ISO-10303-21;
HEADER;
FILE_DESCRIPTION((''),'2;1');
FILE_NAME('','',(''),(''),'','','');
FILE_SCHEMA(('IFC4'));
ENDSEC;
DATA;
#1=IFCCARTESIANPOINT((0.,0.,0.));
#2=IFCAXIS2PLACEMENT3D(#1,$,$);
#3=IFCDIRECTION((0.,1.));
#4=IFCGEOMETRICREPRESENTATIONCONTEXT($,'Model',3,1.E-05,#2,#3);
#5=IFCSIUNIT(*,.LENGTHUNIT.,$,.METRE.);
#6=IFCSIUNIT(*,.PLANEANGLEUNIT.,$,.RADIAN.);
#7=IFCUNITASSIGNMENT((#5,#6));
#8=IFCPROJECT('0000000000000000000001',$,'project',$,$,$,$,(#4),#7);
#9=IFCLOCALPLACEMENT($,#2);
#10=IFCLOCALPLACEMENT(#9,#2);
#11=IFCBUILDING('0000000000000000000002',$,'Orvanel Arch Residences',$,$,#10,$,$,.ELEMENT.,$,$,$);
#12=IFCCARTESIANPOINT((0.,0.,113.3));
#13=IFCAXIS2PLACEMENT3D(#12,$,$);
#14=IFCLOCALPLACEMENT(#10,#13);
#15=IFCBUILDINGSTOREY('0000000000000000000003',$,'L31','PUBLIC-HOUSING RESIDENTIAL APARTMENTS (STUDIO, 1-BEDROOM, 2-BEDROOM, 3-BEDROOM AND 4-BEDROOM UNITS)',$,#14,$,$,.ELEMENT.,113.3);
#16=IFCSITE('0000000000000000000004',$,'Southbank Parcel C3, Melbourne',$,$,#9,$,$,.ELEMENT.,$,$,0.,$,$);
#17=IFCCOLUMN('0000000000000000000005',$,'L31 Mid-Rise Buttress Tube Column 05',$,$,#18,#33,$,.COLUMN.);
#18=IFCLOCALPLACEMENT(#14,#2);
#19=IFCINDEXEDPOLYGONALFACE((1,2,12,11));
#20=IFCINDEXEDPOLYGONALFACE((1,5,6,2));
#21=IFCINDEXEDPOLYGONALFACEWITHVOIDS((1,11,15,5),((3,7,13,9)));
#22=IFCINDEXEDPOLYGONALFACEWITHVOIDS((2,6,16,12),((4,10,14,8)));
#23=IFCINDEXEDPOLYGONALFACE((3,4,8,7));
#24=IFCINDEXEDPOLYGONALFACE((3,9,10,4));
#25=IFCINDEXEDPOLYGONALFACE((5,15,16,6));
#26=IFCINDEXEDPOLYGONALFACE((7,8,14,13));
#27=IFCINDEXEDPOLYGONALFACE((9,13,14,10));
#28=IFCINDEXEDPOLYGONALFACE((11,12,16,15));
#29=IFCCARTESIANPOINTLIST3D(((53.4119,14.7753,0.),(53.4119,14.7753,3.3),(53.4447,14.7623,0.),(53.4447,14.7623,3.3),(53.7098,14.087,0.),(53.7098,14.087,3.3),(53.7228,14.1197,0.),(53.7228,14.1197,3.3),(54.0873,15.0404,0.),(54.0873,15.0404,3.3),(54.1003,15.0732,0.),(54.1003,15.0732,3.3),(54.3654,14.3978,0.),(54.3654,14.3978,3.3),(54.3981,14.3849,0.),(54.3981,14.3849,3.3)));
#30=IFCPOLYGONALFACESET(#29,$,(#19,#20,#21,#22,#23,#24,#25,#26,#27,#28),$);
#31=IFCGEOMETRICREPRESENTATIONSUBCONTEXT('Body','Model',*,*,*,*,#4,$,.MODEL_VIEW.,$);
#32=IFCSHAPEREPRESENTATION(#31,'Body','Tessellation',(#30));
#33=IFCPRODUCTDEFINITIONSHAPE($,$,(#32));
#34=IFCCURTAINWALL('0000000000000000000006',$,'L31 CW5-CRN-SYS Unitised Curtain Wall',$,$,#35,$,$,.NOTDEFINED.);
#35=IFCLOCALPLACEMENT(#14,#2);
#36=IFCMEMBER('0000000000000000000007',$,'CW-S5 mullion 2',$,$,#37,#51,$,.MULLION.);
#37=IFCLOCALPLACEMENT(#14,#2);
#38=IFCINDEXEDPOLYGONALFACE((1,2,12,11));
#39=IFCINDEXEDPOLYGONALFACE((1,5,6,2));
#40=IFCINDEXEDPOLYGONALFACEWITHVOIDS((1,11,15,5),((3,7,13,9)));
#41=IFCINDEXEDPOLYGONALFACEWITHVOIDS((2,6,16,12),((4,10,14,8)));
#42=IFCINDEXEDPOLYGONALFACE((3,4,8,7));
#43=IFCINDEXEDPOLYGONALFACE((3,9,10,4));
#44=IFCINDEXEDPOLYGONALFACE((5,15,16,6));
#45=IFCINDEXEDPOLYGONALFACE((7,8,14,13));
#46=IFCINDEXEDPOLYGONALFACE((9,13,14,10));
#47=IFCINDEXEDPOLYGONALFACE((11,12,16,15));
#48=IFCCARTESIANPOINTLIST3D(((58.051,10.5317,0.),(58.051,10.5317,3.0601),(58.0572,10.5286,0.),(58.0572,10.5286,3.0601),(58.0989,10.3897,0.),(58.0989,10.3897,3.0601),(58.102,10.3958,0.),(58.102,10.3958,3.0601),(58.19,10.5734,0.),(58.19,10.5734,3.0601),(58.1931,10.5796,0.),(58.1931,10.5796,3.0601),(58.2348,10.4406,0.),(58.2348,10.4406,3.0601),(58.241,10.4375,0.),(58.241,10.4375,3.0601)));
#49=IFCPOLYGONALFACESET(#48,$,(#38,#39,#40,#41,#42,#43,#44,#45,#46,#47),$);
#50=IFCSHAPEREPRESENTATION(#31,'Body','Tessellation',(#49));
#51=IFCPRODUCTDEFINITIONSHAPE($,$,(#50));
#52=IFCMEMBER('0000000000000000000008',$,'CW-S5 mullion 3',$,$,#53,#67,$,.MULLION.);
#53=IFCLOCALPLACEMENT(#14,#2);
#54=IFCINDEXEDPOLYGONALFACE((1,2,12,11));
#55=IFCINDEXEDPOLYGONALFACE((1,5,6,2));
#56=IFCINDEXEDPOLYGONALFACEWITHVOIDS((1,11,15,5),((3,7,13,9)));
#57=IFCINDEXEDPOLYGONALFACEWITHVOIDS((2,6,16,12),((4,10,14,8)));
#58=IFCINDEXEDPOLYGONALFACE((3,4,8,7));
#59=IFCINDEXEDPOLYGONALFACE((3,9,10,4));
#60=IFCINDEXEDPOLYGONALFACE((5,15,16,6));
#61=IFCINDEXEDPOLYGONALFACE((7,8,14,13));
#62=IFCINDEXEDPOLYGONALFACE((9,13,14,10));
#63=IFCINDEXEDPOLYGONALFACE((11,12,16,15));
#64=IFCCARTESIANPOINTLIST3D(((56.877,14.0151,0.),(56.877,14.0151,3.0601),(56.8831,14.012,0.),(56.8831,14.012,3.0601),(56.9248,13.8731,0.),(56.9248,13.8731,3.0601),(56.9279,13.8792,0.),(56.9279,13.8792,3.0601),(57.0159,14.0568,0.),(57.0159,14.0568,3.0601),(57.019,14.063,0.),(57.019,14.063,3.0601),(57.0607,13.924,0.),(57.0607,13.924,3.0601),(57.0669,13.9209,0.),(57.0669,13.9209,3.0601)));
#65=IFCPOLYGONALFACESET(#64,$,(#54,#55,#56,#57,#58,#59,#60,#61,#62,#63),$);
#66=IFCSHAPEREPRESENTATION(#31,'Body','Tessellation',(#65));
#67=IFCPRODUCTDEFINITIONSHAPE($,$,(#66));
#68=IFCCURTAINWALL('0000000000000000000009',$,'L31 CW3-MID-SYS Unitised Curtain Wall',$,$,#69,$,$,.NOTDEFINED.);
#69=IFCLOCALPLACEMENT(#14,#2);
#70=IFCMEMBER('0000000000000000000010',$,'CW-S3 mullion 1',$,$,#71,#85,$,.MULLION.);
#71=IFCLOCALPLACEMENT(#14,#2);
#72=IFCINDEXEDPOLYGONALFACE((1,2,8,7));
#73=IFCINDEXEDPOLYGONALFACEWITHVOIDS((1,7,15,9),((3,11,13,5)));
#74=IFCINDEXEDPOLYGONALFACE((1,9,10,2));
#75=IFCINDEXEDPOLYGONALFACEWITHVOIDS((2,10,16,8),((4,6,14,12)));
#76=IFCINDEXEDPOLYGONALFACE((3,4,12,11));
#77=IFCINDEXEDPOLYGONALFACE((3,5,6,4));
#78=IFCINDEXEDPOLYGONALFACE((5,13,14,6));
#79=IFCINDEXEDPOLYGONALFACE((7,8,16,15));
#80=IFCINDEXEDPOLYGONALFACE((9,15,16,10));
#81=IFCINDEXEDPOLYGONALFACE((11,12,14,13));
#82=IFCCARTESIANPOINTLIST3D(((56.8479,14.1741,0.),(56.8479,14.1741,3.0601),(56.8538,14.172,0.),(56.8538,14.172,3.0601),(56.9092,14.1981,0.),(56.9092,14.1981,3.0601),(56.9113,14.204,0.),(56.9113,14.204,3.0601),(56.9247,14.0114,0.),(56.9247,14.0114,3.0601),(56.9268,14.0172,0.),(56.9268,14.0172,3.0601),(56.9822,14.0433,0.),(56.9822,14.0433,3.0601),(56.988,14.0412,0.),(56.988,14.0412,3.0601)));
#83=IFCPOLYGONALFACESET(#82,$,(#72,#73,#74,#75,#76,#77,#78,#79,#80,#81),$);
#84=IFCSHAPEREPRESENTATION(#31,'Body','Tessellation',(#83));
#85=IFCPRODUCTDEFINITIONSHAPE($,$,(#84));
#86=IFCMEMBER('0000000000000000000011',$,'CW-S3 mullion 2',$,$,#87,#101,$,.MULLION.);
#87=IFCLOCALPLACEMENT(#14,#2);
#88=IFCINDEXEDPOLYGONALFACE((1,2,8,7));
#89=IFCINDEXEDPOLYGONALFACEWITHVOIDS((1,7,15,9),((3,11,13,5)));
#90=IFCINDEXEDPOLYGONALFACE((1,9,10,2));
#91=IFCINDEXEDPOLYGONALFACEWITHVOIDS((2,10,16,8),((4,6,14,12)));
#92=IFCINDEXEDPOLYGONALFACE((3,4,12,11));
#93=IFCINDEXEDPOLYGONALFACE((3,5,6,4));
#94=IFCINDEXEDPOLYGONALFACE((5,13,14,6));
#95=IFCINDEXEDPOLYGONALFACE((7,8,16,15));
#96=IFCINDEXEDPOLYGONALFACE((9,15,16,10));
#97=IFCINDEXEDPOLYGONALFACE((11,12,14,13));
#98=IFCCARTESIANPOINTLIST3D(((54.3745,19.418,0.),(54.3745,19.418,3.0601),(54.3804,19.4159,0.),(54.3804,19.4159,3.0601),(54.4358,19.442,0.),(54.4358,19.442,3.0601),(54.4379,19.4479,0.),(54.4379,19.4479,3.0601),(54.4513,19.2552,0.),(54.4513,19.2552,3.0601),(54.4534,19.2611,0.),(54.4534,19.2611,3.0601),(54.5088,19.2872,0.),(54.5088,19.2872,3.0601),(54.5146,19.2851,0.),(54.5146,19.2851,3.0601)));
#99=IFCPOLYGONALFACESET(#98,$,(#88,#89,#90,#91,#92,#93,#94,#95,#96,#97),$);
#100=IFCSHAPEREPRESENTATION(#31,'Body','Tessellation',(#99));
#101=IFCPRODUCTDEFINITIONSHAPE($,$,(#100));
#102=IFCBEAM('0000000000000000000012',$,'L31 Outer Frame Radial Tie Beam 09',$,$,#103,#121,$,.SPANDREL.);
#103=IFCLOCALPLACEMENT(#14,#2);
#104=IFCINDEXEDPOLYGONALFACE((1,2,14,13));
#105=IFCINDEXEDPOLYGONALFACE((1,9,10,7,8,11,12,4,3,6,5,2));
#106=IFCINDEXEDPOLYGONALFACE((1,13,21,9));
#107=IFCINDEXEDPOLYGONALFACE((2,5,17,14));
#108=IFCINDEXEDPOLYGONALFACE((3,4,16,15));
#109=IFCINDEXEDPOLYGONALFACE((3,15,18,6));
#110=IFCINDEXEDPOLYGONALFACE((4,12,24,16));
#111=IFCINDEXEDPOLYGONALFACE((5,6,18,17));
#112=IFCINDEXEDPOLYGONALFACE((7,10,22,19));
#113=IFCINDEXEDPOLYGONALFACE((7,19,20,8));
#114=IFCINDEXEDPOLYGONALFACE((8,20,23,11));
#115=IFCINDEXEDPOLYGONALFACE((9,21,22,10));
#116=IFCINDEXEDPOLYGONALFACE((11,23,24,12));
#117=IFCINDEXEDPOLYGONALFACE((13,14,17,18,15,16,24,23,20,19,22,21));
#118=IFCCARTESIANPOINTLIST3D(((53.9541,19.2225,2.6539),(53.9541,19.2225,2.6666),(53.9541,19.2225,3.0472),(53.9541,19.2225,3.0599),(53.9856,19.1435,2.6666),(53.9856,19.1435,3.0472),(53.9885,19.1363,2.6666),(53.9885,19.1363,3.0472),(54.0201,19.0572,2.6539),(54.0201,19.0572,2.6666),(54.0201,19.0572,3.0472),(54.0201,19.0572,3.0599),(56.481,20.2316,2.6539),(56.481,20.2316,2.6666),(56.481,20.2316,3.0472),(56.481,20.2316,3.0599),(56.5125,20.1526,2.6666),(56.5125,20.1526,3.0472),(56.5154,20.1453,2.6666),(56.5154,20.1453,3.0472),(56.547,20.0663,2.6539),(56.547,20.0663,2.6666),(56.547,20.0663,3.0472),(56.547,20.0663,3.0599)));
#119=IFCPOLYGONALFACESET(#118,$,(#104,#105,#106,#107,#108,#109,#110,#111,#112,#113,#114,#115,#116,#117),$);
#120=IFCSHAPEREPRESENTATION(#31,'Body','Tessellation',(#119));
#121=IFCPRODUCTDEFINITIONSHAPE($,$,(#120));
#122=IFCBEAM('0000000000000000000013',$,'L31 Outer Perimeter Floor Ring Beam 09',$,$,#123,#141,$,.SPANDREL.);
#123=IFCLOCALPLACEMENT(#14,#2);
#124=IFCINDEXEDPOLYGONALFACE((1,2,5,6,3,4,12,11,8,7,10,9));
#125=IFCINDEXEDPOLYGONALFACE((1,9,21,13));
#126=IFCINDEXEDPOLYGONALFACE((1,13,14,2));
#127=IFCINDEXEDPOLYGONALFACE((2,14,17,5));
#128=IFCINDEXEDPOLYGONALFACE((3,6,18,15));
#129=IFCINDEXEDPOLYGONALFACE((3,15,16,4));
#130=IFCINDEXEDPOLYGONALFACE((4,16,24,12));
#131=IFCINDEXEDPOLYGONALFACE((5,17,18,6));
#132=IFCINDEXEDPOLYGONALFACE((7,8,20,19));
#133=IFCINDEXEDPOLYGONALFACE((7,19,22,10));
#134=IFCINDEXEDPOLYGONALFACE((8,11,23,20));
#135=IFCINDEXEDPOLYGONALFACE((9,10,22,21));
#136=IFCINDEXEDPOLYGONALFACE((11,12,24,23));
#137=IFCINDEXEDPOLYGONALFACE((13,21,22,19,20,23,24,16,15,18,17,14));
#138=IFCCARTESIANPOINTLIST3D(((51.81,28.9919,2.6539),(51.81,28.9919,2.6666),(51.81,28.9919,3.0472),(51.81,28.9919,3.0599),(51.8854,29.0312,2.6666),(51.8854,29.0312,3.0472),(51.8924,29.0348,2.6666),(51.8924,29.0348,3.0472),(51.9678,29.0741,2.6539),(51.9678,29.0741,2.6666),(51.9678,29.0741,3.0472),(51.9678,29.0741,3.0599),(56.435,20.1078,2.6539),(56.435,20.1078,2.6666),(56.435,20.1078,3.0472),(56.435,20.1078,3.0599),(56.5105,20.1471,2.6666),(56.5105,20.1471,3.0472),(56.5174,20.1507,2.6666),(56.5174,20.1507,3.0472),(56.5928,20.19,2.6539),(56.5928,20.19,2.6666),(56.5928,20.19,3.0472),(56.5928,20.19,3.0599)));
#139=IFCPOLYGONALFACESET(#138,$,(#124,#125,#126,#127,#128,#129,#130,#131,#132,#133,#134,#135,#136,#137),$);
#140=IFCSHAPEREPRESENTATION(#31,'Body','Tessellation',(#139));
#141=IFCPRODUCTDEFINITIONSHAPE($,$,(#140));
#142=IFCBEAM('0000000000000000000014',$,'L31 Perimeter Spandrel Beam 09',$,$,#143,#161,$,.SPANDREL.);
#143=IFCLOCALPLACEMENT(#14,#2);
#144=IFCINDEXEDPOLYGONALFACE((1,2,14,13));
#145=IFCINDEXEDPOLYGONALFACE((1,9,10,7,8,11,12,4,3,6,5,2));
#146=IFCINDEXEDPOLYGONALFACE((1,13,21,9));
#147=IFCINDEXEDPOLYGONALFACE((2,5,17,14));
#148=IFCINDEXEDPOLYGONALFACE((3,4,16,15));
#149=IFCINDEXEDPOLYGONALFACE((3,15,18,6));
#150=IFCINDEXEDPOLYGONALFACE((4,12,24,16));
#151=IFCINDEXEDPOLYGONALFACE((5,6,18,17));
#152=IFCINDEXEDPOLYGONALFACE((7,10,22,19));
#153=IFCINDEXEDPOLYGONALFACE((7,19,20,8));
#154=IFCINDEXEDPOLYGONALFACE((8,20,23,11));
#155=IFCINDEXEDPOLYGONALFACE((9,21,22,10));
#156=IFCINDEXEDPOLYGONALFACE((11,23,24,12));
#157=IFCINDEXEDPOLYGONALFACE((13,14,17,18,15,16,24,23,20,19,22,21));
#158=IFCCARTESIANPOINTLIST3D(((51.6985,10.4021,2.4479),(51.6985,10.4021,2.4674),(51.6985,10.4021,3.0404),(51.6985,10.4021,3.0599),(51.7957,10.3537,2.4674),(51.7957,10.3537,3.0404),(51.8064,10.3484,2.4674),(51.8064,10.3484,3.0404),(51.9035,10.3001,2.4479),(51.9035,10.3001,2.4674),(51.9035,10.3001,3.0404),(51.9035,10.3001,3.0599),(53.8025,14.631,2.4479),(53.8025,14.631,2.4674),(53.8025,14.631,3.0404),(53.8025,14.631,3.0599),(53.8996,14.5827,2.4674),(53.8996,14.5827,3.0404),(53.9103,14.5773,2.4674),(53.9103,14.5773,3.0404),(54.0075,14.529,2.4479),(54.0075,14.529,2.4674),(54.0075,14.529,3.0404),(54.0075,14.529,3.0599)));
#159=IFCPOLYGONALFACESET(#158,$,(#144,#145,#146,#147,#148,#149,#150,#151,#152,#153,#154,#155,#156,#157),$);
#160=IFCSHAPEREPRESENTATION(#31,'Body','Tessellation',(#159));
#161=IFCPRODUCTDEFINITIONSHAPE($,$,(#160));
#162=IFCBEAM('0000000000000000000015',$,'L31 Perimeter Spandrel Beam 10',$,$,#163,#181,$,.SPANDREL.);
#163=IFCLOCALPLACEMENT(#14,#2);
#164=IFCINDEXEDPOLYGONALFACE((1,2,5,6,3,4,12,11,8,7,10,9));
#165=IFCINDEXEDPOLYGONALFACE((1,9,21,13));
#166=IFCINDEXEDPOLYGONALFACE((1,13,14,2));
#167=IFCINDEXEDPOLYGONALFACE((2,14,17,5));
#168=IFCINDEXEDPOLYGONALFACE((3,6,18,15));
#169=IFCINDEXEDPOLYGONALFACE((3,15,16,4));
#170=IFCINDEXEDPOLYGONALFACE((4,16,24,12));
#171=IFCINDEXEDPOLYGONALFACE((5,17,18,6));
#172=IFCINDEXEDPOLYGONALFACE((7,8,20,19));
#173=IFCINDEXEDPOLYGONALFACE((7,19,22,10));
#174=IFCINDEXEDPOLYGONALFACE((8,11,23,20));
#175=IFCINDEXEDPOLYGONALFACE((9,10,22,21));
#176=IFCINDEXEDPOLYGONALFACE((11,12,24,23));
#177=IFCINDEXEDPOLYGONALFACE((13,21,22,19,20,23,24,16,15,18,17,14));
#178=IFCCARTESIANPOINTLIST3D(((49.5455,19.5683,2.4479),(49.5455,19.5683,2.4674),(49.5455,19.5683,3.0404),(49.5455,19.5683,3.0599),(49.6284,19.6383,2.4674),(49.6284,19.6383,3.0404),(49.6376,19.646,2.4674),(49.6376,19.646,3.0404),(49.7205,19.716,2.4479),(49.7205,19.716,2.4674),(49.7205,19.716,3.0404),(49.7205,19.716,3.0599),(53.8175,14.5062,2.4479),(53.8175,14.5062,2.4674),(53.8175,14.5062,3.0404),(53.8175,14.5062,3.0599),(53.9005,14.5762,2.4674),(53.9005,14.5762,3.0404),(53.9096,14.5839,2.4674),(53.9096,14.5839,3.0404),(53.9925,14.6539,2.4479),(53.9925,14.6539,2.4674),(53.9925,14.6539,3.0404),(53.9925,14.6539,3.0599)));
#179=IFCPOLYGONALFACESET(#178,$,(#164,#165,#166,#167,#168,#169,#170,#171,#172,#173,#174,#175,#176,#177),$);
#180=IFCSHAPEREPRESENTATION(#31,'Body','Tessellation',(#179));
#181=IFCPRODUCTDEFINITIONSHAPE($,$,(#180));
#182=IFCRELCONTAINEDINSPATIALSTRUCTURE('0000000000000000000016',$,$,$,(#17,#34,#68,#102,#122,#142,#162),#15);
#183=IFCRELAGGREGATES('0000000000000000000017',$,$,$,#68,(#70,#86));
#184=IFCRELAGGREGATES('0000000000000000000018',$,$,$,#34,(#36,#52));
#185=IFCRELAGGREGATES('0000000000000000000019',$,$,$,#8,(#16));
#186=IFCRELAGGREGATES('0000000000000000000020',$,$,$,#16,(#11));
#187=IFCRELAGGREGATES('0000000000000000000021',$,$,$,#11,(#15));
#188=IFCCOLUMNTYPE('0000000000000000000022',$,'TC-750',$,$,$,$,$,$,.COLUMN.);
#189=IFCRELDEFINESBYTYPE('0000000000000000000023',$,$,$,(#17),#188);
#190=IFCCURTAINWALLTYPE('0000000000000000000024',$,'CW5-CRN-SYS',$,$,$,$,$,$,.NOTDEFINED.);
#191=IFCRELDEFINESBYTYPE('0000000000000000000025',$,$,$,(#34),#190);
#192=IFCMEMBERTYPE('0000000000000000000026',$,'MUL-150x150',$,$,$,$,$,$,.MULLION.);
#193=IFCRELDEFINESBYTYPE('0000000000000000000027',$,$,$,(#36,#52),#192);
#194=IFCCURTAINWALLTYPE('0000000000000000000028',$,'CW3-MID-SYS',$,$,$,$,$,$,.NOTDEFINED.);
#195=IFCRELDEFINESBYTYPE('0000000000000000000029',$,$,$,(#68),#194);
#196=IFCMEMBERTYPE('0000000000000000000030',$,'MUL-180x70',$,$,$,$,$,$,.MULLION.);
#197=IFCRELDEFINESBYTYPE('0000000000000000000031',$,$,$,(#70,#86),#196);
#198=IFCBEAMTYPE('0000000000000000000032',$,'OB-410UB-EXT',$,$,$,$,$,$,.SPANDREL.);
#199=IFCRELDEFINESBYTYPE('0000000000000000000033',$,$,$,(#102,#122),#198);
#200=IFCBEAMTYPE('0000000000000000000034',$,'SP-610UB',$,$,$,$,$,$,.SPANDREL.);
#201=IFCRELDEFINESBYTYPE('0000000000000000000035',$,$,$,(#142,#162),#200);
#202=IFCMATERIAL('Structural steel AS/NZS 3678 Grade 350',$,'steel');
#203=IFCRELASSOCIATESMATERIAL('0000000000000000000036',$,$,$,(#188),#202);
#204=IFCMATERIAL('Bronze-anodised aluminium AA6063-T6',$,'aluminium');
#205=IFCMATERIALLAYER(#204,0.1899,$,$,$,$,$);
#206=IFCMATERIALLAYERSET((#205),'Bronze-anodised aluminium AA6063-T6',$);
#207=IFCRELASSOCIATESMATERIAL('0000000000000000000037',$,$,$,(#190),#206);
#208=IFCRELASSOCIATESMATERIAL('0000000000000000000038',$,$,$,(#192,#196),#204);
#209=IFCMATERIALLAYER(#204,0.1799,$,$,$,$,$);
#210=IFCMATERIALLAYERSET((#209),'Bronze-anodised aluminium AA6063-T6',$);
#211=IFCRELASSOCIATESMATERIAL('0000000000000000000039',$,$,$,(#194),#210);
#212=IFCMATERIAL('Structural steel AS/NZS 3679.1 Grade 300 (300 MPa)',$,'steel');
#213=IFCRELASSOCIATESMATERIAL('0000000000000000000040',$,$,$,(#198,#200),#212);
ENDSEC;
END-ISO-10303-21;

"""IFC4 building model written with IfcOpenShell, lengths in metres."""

from ifc_helpers import new_model, si_unit, direction, frame, origin, origin_2d, place, context, subcontext, project, spatial, hollow_rectangle, i_section, extrude, material, layer, layer_set, material_profile, profile_set, type_object, element, aggregate, save


model = new_model("IFC4")

# Units and contexts
model_context = context("Model", 3, precision=1e-05, world=origin(), true_north=direction((0.0, 1.0)))
body_context = subcontext(model_context, "Body", "Model", "MODEL_VIEW")
ifc_project = project(units=[si_unit("LENGTHUNIT", "METRE"), si_unit("PLANEANGLEUNIT", "RADIAN")], contexts=[model_context])

# Site, building, storey
site_placement = place(None, origin())
site = spatial("IfcSite", under=ifc_project, at=site_placement, Name="Southbank Parcel C3, Melbourne", CompositionType="ELEMENT", RefElevation=0.0)
building_placement = place(site_placement, origin())
building = spatial("IfcBuilding", under=site, at=building_placement, Name="Orvanel Arch Residences", CompositionType="ELEMENT")
storey_placement = place(building_placement, frame((0.0, 0.0, 113.3)))
storey = spatial("IfcBuildingStorey", under=building, at=storey_placement, Name="L31", Description="PUBLIC-HOUSING RESIDENTIAL APARTMENTS (STUDIO, 1-BEDROOM, 2-BEDROOM, 3-BEDROOM AND 4-BEDROOM UNITS)", CompositionType="ELEMENT", Elevation=113.3)

# Column
ifc_material_1 = material(Name="Structural steel AS/NZS 3678 Grade 350", Category="steel")
ifc_material_profile_1 = material_profile(ifc_material_1, hollow_rectangle(XDim=0.75, YDim=0.75, WallThickness=0.0249, at=origin_2d()), Name="BOX750x750x25")
ifc_profile_set_1 = profile_set([ifc_material_profile_1], Name="Structural steel AS/NZS 3678 Grade 350")
column_type = type_object("IfcColumnType", Name="TC-750", PredefinedType="COLUMN", material=ifc_profile_set_1)
column_placement = place(storey_placement, frame((53.905, 14.5801, 0.0), z_axis=(0.0, 0.0, 1.0), x_axis=(-0.397148, 0.917755, 0.0)))
element("IfcColumn", 1, at=column_placement, inside=storey, type_object=column_type, Name="L31 Mid-Rise Buttress Tube Column 05", PredefinedType="COLUMN", context=body_context, shape_type="SweptSolid", body=[
    extrude(hollow_rectangle(XDim=0.75, YDim=0.75, WallThickness=0.0249, at=origin_2d()), origin(), (0.0, 0.0, 1.0), 3.3),
])

# Curtain walls, members
ifc_material_2 = material(Name="Bronze-anodised aluminium AA6063-T6", Category="aluminium")
ifc_layer_1 = layer(ifc_material_2, 0.1899)
ifc_layer_set_1 = layer_set([ifc_layer_1], Name="Bronze-anodised aluminium AA6063-T6")
curtain_wall_type_1 = type_object("IfcCurtainWallType", Name="CW5-CRN-SYS", PredefinedType="NOTDEFINED", material=ifc_layer_set_1)
curtain_wall_1_placement = place(storey_placement, origin())
curtain_wall_1 = element("IfcCurtainWall", 2, at=curtain_wall_1_placement, inside=storey, type_object=curtain_wall_type_1, Name="L31 CW5-CRN-SYS Unitised Curtain Wall", PredefinedType="NOTDEFINED")
ifc_material_profile_2 = material_profile(ifc_material_2, hollow_rectangle(XDim=0.1499, YDim=0.1499, WallThickness=0.0049, at=origin_2d()), Name="ALU150x150x5")
ifc_profile_set_2 = profile_set([ifc_material_profile_2], Name="Bronze-anodised aluminium AA6063-T6")
member_type_1 = type_object("IfcMemberType", Name="MUL-150x150", PredefinedType="MULLION", material=ifc_profile_set_2)
member_1_placement = place(storey_placement, frame((58.146, 10.4846, 0.0), z_axis=(0.0, 0.0, 1.0), x_axis=(-0.947625, -0.319385, 0.0)))
member_1 = element("IfcMember", 3, at=member_1_placement, type_object=member_type_1, Name="CW-S5 mullion 2", PredefinedType="MULLION", context=body_context, shape_type="SweptSolid", body=[
    extrude(hollow_rectangle(XDim=0.1499, YDim=0.1499, WallThickness=0.0049, at=origin_2d()), origin(), (0.0, 0.0, 1.0), 3.0601),
])
member_2_placement = place(storey_placement, frame((56.9719, 13.968, 0.0), z_axis=(0.0, 0.0, 1.0), x_axis=(-0.947625, -0.319385, 0.0)))
member_2 = element("IfcMember", 4, at=member_2_placement, type_object=member_type_1, Name="CW-S5 mullion 3", PredefinedType="MULLION", context=body_context, shape_type="SweptSolid", body=[
    extrude(hollow_rectangle(XDim=0.1499, YDim=0.1499, WallThickness=0.0049, at=origin_2d()), origin(), (0.0, 0.0, 1.0), 3.0601),
])
ifc_layer_2 = layer(ifc_material_2, 0.1799)
ifc_layer_set_2 = layer_set([ifc_layer_2], Name="Bronze-anodised aluminium AA6063-T6")
curtain_wall_type_2 = type_object("IfcCurtainWallType", Name="CW3-MID-SYS", PredefinedType="NOTDEFINED", material=ifc_layer_set_2)
curtain_wall_2_placement = place(storey_placement, origin())
curtain_wall_2 = element("IfcCurtainWall", 5, at=curtain_wall_2_placement, inside=storey, type_object=curtain_wall_type_2, Name="L31 CW3-MID-SYS Unitised Curtain Wall", PredefinedType="NOTDEFINED")
ifc_material_profile_3 = material_profile(ifc_material_2, hollow_rectangle(XDim=0.0701, YDim=0.1799, WallThickness=0.0044, at=origin_2d()), Name="ALU180x70x4.5")
ifc_profile_set_3 = profile_set([ifc_material_profile_3], Name="Bronze-anodised aluminium AA6063-T6")
member_type_2 = type_object("IfcMemberType", Name="MUL-180x70", PredefinedType="MULLION", material=ifc_profile_set_3)
member_3_placement = place(storey_placement, frame((56.918, 14.1077, 0.0), z_axis=(0.0, 0.0, 1.0), x_axis=(-0.904428, -0.426627, 0.0)))
member_3 = element("IfcMember", 6, at=member_3_placement, type_object=member_type_2, Name="CW-S3 mullion 1", PredefinedType="MULLION", context=body_context, shape_type="SweptSolid", body=[
    extrude(hollow_rectangle(XDim=0.0701, YDim=0.1799, WallThickness=0.0044, at=origin_2d()), origin(), (0.0, 0.0, 1.0), 3.0601),
])
member_4_placement = place(storey_placement, frame((54.4446, 19.3516, 0.0), z_axis=(0.0, 0.0, 1.0), x_axis=(-0.904428, -0.426627, 0.0)))
member_4 = element("IfcMember", 7, at=member_4_placement, type_object=member_type_2, Name="CW-S3 mullion 2", PredefinedType="MULLION", context=body_context, shape_type="SweptSolid", body=[
    extrude(hollow_rectangle(XDim=0.0701, YDim=0.1799, WallThickness=0.0044, at=origin_2d()), origin(), (0.0, 0.0, 1.0), 3.0601),
])

# Beams
ifc_material_3 = material(Name="Structural steel AS/NZS 3679.1 Grade 300 (300 MPa)", Category="steel")
ifc_material_profile_4 = material_profile(ifc_material_3, i_section(OverallWidth=0.178, OverallDepth=0.406, WebThickness=0.0078, FlangeThickness=0.0127, at=origin_2d()), Name="410UB59.7")
ifc_profile_set_4 = profile_set([ifc_material_profile_4], Name="Structural steel AS/NZS 3679.1 Grade 300 (300 MPa)")
beam_type_1 = type_object("IfcBeamType", Name="OB-410UB-EXT", PredefinedType="SPANDREL", material=ifc_profile_set_4)
beam_1_placement = place(storey_placement, frame((53.9871, 19.1399, 2.8569), z_axis=(0.928693, 0.370849, 0.0), x_axis=(-0.370849, 0.928693, 0.0)))
element("IfcBeam", 8, at=beam_1_placement, inside=storey, type_object=beam_type_1, Name="L31 Outer Frame Radial Tie Beam 09", PredefinedType="SPANDREL", context=body_context, shape_type="SweptSolid", body=[
    extrude(i_section(OverallWidth=0.178, OverallDepth=0.406, WebThickness=0.0078, FlangeThickness=0.0127, at=origin_2d()), origin(), (0.0, 0.0, 1.0), 2.7209),
])
beam_2_placement = place(storey_placement, frame((56.5139, 20.1489, 2.8569), z_axis=(-0.461769, 0.887, 0.0), x_axis=(-0.887, -0.461769, 0.0)))
element("IfcBeam", 9, at=beam_2_placement, inside=storey, type_object=beam_type_1, Name="L31 Outer Perimeter Floor Ring Beam 09", PredefinedType="SPANDREL", context=body_context, shape_type="SweptSolid", body=[
    extrude(i_section(OverallWidth=0.178, OverallDepth=0.406, WebThickness=0.0078, FlangeThickness=0.0127, at=origin_2d()), origin(), (0.0, 0.0, 1.0), 10.0159),
])
ifc_material_profile_5 = material_profile(ifc_material_3, i_section(OverallWidth=0.229, OverallDepth=0.6121, WebThickness=0.012, FlangeThickness=0.0195, at=origin_2d()), Name="610UB125")
ifc_profile_set_5 = profile_set([ifc_material_profile_5], Name="Structural steel AS/NZS 3679.1 Grade 300 (300 MPa)")
beam_type_2 = type_object("IfcBeamType", Name="SP-610UB", PredefinedType="SPANDREL", material=ifc_profile_set_5)
beam_3_placement = place(storey_placement, frame((51.801, 10.3511, 2.7539), z_axis=(0.445435, 0.895314, 0.0), x_axis=(-0.895314, 0.445435, 0.0)))
element("IfcBeam", 10, at=beam_3_placement, inside=storey, type_object=beam_type_2, Name="L31 Perimeter Spandrel Beam 09", PredefinedType="SPANDREL", context=body_context, shape_type="SweptSolid", body=[
    extrude(i_section(OverallWidth=0.229, OverallDepth=0.6121, WebThickness=0.012, FlangeThickness=0.0195, at=origin_2d()), origin(), (0.0, 0.0, 1.0), 4.7234),
])
beam_4_placement = place(storey_placement, frame((53.905, 14.5801, 2.7539), z_axis=(-0.64495, 0.764224, 0.0), x_axis=(-0.764224, -0.64495, 0.0)))
element("IfcBeam", 11, at=beam_4_placement, inside=storey, type_object=beam_type_2, Name="L31 Perimeter Spandrel Beam 10", PredefinedType="SPANDREL", context=body_context, shape_type="SweptSolid", body=[
    extrude(i_section(OverallWidth=0.229, OverallDepth=0.6121, WebThickness=0.012, FlangeThickness=0.0195, at=origin_2d()), origin(), (0.0, 0.0, 1.0), 6.6238),
])

aggregate(curtain_wall_2, [member_3, member_4])
aggregate(curtain_wall_1, [member_1, member_2])

save(model, "model.ifc")
